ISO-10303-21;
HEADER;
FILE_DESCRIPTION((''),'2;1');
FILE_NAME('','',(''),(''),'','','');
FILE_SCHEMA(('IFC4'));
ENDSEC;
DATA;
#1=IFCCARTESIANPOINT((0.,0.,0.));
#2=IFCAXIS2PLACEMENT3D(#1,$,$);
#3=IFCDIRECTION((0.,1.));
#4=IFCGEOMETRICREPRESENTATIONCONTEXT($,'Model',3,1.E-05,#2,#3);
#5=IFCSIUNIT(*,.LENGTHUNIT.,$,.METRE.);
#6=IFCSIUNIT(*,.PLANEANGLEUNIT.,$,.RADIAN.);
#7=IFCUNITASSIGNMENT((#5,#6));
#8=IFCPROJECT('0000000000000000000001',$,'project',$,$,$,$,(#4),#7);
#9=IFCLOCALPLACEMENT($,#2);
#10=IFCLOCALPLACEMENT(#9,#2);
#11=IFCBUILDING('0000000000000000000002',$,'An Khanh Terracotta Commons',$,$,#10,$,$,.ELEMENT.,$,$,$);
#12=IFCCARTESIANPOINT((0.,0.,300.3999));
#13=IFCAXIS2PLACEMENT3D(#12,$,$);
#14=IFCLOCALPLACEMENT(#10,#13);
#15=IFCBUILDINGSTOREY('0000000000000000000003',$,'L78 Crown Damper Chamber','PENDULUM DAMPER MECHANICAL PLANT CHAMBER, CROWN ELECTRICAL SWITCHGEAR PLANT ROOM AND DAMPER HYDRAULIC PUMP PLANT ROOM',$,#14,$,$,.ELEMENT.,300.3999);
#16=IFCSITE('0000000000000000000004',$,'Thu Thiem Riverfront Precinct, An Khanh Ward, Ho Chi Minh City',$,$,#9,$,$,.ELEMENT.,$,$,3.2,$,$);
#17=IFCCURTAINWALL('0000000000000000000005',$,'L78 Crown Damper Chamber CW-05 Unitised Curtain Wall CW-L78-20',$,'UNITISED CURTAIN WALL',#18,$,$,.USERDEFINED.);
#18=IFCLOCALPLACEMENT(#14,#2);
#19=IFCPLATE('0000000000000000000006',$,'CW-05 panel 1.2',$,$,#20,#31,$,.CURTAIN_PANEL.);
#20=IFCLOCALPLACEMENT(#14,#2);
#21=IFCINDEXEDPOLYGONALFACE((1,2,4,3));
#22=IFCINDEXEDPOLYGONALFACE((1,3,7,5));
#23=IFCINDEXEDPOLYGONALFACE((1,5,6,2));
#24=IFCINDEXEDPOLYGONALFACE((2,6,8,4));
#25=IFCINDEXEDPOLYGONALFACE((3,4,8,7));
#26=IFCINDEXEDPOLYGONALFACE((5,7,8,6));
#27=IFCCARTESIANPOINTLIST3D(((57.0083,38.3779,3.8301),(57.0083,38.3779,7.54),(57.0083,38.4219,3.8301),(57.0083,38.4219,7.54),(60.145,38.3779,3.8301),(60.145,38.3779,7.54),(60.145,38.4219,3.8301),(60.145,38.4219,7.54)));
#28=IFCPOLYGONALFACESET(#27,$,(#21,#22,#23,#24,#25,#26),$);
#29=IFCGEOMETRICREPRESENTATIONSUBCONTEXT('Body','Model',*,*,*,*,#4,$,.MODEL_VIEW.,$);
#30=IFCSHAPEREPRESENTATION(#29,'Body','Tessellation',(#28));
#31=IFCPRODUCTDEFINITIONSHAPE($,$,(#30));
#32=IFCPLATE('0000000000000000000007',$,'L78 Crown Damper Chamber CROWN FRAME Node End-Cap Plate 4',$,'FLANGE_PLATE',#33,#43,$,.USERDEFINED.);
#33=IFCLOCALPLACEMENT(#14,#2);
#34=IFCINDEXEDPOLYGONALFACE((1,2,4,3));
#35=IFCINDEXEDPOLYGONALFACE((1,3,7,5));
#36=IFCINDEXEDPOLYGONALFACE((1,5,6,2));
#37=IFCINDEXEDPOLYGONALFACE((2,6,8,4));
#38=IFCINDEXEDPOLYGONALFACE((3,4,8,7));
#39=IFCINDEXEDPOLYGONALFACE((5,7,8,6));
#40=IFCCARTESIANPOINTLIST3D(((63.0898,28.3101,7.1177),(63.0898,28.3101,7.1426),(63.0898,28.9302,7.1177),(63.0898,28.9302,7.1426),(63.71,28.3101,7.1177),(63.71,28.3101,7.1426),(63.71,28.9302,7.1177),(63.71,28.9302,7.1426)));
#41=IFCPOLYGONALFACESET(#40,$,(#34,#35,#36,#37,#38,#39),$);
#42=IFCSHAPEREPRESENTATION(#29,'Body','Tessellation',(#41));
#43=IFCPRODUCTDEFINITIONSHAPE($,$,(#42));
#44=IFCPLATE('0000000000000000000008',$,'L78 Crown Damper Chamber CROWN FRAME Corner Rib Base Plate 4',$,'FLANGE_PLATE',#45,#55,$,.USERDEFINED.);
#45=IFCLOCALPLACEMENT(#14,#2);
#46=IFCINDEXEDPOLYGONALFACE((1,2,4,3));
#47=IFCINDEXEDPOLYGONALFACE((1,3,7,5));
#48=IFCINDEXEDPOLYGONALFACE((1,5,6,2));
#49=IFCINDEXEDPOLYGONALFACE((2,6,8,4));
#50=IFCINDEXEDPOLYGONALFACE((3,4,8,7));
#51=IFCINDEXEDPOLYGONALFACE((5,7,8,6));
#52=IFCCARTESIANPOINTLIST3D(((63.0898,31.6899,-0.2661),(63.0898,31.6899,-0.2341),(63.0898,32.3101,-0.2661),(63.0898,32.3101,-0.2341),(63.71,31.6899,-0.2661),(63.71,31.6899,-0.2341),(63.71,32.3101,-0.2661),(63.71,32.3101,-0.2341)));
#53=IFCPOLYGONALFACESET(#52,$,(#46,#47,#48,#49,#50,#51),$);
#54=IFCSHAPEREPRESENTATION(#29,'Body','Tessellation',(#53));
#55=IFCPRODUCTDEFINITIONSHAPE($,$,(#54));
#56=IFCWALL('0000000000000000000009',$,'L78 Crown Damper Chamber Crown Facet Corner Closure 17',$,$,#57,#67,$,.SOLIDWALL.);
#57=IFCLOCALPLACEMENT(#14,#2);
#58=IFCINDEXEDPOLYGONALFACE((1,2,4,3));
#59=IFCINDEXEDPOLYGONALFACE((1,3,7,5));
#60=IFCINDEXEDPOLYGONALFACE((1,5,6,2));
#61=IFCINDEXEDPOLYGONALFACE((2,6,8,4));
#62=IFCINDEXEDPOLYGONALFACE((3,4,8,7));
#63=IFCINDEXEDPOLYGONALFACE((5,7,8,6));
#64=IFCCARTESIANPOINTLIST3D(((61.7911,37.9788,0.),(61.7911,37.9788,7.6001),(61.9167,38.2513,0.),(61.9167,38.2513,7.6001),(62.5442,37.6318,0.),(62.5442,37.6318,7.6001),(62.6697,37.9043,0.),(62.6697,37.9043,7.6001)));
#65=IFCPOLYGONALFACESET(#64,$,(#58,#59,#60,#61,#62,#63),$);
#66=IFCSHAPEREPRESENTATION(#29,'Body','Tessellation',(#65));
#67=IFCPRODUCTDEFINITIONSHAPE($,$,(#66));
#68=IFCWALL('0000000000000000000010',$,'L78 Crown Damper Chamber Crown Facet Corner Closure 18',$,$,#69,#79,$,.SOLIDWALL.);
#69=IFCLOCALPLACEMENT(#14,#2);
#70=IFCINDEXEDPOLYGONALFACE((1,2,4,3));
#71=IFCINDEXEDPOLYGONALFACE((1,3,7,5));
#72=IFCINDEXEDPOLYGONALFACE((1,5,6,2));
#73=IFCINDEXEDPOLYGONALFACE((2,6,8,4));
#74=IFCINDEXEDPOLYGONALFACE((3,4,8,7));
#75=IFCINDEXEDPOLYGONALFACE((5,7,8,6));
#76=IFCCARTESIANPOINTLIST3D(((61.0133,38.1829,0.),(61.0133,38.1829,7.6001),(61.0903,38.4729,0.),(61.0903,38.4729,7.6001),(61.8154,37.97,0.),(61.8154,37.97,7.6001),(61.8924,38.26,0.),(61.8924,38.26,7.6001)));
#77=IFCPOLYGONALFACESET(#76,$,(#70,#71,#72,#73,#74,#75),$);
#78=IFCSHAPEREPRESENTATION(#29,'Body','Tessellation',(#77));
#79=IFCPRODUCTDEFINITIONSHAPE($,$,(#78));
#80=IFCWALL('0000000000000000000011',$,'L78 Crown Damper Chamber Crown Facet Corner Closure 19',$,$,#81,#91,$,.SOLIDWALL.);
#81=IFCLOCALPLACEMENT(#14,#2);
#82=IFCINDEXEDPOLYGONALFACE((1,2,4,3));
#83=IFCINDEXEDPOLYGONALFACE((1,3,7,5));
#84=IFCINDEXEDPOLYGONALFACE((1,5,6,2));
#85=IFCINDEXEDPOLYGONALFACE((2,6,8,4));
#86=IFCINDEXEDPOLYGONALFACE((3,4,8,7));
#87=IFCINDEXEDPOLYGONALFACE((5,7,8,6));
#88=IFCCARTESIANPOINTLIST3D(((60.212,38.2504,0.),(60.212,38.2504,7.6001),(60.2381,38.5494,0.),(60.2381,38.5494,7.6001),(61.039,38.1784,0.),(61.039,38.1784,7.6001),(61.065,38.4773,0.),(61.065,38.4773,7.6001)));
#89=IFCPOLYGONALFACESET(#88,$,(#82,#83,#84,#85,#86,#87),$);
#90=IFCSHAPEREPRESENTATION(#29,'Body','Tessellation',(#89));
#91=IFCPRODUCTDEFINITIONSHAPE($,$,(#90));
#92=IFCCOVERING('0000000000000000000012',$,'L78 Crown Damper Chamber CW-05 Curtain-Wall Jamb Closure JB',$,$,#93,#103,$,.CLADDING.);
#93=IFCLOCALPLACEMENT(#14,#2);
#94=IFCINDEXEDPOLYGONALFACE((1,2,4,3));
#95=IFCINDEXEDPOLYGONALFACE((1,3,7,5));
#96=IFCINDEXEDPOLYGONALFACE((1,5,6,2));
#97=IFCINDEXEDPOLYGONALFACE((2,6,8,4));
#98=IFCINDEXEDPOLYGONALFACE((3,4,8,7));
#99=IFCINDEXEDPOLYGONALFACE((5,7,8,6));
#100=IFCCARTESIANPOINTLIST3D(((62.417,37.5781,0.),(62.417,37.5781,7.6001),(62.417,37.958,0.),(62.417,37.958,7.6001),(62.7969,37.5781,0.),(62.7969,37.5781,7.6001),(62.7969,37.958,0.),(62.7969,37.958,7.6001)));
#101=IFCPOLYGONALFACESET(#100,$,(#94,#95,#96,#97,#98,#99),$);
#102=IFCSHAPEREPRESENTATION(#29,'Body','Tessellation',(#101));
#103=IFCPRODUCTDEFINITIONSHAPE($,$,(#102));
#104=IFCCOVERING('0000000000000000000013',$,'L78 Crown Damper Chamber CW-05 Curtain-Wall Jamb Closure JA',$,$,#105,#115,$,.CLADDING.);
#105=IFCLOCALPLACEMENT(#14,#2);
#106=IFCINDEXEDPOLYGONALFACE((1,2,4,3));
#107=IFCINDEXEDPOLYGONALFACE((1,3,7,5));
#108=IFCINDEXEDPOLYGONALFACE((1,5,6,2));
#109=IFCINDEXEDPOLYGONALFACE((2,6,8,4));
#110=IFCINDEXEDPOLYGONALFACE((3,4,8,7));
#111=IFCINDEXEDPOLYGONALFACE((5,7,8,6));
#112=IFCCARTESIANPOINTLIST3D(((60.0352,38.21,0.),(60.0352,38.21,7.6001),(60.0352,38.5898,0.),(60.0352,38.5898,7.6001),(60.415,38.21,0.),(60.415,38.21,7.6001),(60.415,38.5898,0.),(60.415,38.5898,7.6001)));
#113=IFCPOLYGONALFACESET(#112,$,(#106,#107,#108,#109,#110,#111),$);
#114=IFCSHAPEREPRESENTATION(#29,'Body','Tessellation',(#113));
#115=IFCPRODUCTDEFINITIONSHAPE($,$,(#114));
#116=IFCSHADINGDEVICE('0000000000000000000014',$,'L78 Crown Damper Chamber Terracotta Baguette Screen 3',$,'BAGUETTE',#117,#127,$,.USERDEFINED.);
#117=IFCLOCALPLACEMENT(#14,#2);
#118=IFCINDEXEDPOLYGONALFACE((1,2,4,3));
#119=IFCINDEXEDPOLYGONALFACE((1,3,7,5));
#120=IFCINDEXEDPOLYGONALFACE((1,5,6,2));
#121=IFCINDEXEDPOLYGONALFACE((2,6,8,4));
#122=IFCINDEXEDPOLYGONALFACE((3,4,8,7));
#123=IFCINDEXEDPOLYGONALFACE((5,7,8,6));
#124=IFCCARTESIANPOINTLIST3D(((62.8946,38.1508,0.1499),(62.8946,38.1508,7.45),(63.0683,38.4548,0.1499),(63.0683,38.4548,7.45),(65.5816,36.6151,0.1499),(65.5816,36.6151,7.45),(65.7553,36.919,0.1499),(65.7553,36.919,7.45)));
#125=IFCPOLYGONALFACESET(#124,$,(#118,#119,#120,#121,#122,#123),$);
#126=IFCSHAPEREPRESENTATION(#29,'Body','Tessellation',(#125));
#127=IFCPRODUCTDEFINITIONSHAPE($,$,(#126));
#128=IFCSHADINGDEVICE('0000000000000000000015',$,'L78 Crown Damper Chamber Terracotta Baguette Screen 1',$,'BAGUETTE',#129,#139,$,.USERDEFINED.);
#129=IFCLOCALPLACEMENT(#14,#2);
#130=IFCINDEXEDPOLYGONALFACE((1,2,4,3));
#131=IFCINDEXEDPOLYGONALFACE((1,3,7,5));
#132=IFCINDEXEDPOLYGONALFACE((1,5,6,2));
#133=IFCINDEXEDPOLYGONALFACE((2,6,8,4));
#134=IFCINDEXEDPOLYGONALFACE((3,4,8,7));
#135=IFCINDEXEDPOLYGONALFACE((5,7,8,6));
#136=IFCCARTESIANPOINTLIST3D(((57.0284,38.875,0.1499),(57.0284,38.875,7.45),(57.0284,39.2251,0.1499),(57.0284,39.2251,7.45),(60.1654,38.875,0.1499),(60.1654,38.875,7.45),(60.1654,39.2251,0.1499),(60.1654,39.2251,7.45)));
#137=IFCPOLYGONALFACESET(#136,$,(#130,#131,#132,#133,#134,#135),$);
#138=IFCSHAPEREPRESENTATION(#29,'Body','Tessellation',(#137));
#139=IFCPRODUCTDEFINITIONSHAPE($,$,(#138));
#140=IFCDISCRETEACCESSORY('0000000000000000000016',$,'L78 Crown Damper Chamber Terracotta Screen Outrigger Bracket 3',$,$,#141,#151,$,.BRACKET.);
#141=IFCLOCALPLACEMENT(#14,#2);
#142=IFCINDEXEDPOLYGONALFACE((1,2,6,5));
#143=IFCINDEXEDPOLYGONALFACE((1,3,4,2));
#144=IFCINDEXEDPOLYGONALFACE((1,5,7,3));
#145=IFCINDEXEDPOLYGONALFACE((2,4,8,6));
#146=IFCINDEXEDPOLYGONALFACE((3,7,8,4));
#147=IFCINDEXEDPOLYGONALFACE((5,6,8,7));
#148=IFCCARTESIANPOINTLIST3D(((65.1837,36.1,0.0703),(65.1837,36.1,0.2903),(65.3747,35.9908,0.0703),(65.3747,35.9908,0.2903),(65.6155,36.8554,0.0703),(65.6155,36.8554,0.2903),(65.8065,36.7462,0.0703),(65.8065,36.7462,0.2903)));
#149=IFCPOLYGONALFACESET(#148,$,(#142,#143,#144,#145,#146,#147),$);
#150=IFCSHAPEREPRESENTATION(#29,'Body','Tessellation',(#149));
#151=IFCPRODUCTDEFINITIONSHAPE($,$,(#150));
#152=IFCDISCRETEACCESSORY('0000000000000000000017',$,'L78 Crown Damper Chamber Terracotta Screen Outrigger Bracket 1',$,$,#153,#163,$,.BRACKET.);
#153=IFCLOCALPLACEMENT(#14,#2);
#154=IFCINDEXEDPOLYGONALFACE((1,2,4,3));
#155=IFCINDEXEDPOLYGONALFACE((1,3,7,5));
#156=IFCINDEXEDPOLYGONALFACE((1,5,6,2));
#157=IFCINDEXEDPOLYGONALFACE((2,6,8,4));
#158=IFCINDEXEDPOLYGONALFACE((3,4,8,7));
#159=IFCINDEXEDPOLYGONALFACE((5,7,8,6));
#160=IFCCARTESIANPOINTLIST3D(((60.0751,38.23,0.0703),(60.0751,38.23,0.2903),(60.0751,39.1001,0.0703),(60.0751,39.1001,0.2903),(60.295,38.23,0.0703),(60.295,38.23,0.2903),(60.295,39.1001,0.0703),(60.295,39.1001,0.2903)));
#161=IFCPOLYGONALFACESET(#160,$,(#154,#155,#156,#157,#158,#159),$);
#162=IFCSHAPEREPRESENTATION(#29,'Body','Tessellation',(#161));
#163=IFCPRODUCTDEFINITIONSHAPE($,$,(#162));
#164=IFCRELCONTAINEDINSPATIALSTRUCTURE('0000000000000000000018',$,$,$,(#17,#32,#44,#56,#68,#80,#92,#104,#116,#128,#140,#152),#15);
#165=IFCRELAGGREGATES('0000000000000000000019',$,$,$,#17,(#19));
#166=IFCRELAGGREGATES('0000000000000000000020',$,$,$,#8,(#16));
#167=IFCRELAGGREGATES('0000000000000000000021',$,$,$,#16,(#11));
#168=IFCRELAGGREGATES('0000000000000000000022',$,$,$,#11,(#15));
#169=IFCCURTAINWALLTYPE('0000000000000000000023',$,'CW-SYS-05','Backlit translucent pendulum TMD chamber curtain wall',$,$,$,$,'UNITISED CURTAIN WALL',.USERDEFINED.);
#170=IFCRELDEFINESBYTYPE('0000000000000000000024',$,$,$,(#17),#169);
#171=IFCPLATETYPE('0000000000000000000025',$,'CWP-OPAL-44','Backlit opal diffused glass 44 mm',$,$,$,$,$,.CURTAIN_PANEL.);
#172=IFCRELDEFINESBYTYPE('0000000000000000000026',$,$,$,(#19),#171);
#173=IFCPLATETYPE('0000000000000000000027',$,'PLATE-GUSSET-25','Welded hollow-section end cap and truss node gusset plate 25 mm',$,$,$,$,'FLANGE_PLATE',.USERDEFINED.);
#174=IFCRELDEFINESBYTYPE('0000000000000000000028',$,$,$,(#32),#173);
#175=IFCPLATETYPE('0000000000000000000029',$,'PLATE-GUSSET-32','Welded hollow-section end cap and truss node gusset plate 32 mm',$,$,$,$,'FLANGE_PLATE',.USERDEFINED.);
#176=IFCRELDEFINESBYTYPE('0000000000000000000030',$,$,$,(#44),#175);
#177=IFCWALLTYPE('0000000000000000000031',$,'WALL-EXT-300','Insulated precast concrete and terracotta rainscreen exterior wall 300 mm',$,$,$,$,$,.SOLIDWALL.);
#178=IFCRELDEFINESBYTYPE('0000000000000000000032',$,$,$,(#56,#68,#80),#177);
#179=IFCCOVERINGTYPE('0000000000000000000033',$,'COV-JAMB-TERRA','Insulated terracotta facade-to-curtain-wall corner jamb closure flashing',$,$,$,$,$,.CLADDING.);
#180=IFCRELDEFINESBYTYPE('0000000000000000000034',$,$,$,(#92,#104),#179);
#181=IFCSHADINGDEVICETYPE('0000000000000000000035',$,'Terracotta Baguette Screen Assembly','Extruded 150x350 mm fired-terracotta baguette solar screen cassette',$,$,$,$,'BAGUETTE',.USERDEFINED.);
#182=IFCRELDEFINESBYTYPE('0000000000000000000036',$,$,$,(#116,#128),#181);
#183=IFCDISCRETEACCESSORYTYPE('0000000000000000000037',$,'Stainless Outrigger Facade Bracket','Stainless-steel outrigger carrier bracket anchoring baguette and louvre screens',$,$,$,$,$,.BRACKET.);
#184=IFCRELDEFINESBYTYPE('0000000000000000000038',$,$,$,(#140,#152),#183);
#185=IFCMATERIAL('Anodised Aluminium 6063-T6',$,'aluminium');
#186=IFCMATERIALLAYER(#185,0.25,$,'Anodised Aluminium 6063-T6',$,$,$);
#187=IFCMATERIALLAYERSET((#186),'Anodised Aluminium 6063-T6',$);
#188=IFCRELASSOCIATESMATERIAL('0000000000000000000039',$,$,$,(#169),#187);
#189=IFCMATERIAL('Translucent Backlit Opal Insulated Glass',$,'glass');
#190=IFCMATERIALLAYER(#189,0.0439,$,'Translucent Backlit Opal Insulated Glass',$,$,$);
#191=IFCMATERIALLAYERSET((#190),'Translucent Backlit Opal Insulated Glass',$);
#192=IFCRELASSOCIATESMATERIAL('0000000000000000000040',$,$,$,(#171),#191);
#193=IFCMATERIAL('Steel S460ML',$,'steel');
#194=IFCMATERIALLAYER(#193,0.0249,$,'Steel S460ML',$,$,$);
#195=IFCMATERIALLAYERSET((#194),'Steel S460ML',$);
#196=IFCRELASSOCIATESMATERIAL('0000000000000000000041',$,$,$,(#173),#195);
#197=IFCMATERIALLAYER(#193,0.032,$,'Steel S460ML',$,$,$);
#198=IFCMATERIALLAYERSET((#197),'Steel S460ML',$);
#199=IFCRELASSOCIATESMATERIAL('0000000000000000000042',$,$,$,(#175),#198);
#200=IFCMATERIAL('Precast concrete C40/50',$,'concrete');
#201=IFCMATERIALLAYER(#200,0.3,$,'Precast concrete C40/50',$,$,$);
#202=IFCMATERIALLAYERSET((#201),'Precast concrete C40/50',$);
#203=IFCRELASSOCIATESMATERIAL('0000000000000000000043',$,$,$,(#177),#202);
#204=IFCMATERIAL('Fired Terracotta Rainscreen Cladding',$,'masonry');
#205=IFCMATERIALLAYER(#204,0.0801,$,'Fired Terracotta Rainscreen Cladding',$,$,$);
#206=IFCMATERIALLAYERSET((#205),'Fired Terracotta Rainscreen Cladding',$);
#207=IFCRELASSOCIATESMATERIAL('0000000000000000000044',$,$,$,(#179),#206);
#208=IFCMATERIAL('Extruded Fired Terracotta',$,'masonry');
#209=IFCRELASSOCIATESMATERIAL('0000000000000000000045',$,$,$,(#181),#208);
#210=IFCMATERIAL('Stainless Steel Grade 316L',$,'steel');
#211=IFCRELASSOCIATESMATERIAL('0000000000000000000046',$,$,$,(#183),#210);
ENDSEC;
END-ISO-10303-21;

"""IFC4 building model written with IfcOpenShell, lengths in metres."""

from ifc_helpers import new_model, si_unit, direction, frame, frame_2d, origin, origin_2d, place, context, subcontext, project, spatial, rectangle, extrude, material, layer, layer_set, type_object, element, aggregate, save


model = new_model("IFC4")

# Units and contexts
model_context = context("Model", 3, precision=1e-05, world=origin(), true_north=direction((0.0, 1.0)))
body_context = subcontext(model_context, "Body", "Model", "MODEL_VIEW")
ifc_project = project(units=[si_unit("LENGTHUNIT", "METRE"), si_unit("PLANEANGLEUNIT", "RADIAN")], contexts=[model_context])

# Site, building, storey
site_placement = place(None, origin())
site = spatial("IfcSite", under=ifc_project, at=site_placement, Name="Thu Thiem Riverfront Precinct, An Khanh Ward, Ho Chi Minh City", CompositionType="ELEMENT", RefElevation=3.2)
building_placement = place(site_placement, origin())
building = spatial("IfcBuilding", under=site, at=building_placement, Name="An Khanh Terracotta Commons", CompositionType="ELEMENT")
storey_placement = place(building_placement, frame((0.0, 0.0, 300.3999)))
storey = spatial("IfcBuildingStorey", under=building, at=storey_placement, Name="L78 Crown Damper Chamber", Description="PENDULUM DAMPER MECHANICAL PLANT CHAMBER, CROWN ELECTRICAL SWITCHGEAR PLANT ROOM AND DAMPER HYDRAULIC PUMP PLANT ROOM", CompositionType="ELEMENT", Elevation=300.3999)

# Shared definitions
ifc_material_1 = material(Name="Steel S460ML", Category="steel")

# Shared definitions
ifc_material_2 = material(Name="Anodised Aluminium 6063-T6", Category="aluminium")
ifc_layer_1 = layer(ifc_material_2, 0.25, Name="Anodised Aluminium 6063-T6")
ifc_layer_set_1 = layer_set([ifc_layer_1], Name="Anodised Aluminium 6063-T6")
curtain_wall_type = type_object("IfcCurtainWallType", Name="CW-SYS-05", Description="Backlit translucent pendulum TMD chamber curtain wall", ElementType="UNITISED CURTAIN WALL", PredefinedType="USERDEFINED", material=ifc_layer_set_1)

# Curtain wall
curtain_wall_1_placement = place(storey_placement, origin())
curtain_wall_1 = element("IfcCurtainWall", 1, at=curtain_wall_1_placement, inside=storey, type_object=curtain_wall_type, Name="L78 Crown Damper Chamber CW-05 Unitised Curtain Wall CW-L78-20", ObjectType="UNITISED CURTAIN WALL", PredefinedType="USERDEFINED")

# Plate
ifc_material_3 = material(Name="Translucent Backlit Opal Insulated Glass", Category="glass")
ifc_layer_2 = layer(ifc_material_3, 0.0439, Name="Translucent Backlit Opal Insulated Glass")
ifc_layer_set_2 = layer_set([ifc_layer_2], Name="Translucent Backlit Opal Insulated Glass")
plate_type_1 = type_object("IfcPlateType", Name="CWP-OPAL-44", Description="Backlit opal diffused glass 44 mm", PredefinedType="CURTAIN_PANEL", material=ifc_layer_set_2)
plate_1_placement = place(storey_placement, frame((58.5767, 38.3999, 3.8301), z_axis=(0.0, 0.0, 1.0), x_axis=(-1.0, 0.0, 0.0)))
plate_1 = element("IfcPlate", 2, at=plate_1_placement, type_object=plate_type_1, Name="CW-05 panel 1.2", PredefinedType="CURTAIN_PANEL", context=body_context, shape_type="SweptSolid", body=[
    extrude(rectangle(XDim=3.1367, YDim=0.0439, at=origin_2d()), origin(), (0.0, 0.0, 1.0), 3.71),
])
aggregate(curtain_wall_1, [plate_1])

# Plates
ifc_layer_3 = layer(ifc_material_1, 0.0249, Name="Steel S460ML")
ifc_layer_set_3 = layer_set([ifc_layer_3], Name="Steel S460ML")
plate_type_2 = type_object("IfcPlateType", Name="PLATE-GUSSET-25", Description="Welded hollow-section end cap and truss node gusset plate 25 mm", ElementType="FLANGE_PLATE", PredefinedType="USERDEFINED", material=ifc_layer_set_3)
plate_2_placement = place(storey_placement, frame((63.3999, 28.6201, 7.1177), z_axis=(0.0, 0.0, 1.0), x_axis=(1.0, 0.0, 0.0)))
element("IfcPlate", 3, at=plate_2_placement, inside=storey, type_object=plate_type_2, Name="L78 Crown Damper Chamber CROWN FRAME Node End-Cap Plate 4", ObjectType="FLANGE_PLATE", PredefinedType="USERDEFINED", context=body_context, shape_type="SweptSolid", body=[
    extrude(rectangle(XDim=0.6201, YDim=0.6201, at=origin_2d()), origin(), (0.0, 0.0, 1.0), 0.0249),
])
ifc_layer_4 = layer(ifc_material_1, 0.032, Name="Steel S460ML")
ifc_layer_set_4 = layer_set([ifc_layer_4], Name="Steel S460ML")
plate_type_3 = type_object("IfcPlateType", Name="PLATE-GUSSET-32", Description="Welded hollow-section end cap and truss node gusset plate 32 mm", ElementType="FLANGE_PLATE", PredefinedType="USERDEFINED", material=ifc_layer_set_4)
plate_3_placement = place(storey_placement, frame((63.3999, 32.0, -0.2661), z_axis=(0.0, 0.0, 1.0), x_axis=(1.0, 0.0, 0.0)))
element("IfcPlate", 4, at=plate_3_placement, inside=storey, type_object=plate_type_3, Name="L78 Crown Damper Chamber CROWN FRAME Corner Rib Base Plate 4", ObjectType="FLANGE_PLATE", PredefinedType="USERDEFINED", context=body_context, shape_type="SweptSolid", body=[
    extrude(rectangle(XDim=0.6201, YDim=0.6201, at=origin_2d()), origin(), (0.0, 0.0, 1.0), 0.032),
])

# Walls
ifc_material_4 = material(Name="Precast concrete C40/50", Category="concrete")
ifc_layer_5 = layer(ifc_material_4, 0.3, Name="Precast concrete C40/50")
ifc_layer_set_5 = layer_set([ifc_layer_5], Name="Precast concrete C40/50")
wall_type = type_object("IfcWallType", Name="WALL-EXT-300", Description="Insulated precast concrete and terracotta rainscreen exterior wall 300 mm", PredefinedType="SOLIDWALL", material=ifc_layer_set_5)
wall_1_placement = place(storey_placement, frame((62.6069, 37.7681, 0.0), z_axis=(0.0, 0.0, 1.0), x_axis=(-0.908226, 0.418479, 0.0)))
element("IfcWall", 5, at=wall_1_placement, inside=storey, type_object=wall_type, Name="L78 Crown Damper Chamber Crown Facet Corner Closure 17", PredefinedType="SOLIDWALL", context=body_context, shape_type="SweptSolid", body=[
    extrude(rectangle(XDim=0.8291, YDim=0.3, at=frame_2d((0.4146, 0.0))), origin(), (0.0, 0.0, 1.0), 7.6001),
])
wall_2_placement = place(storey_placement, frame((61.854, 38.115, 0.0), z_axis=(0.0, 0.0, 1.0), x_axis=(-0.966527, 0.256564, 0.0)))
element("IfcWall", 6, at=wall_2_placement, inside=storey, type_object=wall_type, Name="L78 Crown Damper Chamber Crown Facet Corner Closure 18", PredefinedType="SOLIDWALL", context=body_context, shape_type="SweptSolid", body=[
    extrude(rectangle(XDim=0.8298, YDim=0.3, at=frame_2d((0.415, 0.0))), origin(), (0.0, 0.0, 1.0), 7.6001),
])
wall_3_placement = place(storey_placement, frame((61.052, 38.3279, 0.0), z_axis=(0.0, 0.0, 1.0), x_axis=(-0.996228, 0.086769, 0.0)))
element("IfcWall", 7, at=wall_3_placement, inside=storey, type_object=wall_type, Name="L78 Crown Damper Chamber Crown Facet Corner Closure 19", PredefinedType="SOLIDWALL", context=body_context, shape_type="SweptSolid", body=[
    extrude(rectangle(XDim=0.8301, YDim=0.3, at=frame_2d((0.415, 0.0))), origin(), (0.0, 0.0, 1.0), 7.6001),
])

# Coverings
ifc_material_5 = material(Name="Fired Terracotta Rainscreen Cladding", Category="masonry")
ifc_layer_6 = layer(ifc_material_5, 0.0801, Name="Fired Terracotta Rainscreen Cladding")
ifc_layer_set_6 = layer_set([ifc_layer_6], Name="Fired Terracotta Rainscreen Cladding")
covering_type = type_object("IfcCoveringType", Name="COV-JAMB-TERRA", Description="Insulated terracotta facade-to-curtain-wall corner jamb closure flashing", PredefinedType="CLADDING", material=ifc_layer_set_6)
for number, where, z_axis, x_axis, name in (
    (8, (62.6069, 37.7681, 0.0), (0.0, 0.0, 1.0), (1.0, 0.0, 0.0), "L78 Crown Damper Chamber CW-05 Curtain-Wall Jamb Closure JB"),
    (9, (60.2251, 38.3999, 0.0), (0.0, 0.0, 1.0), (1.0, 0.0, 0.0), "L78 Crown Damper Chamber CW-05 Curtain-Wall Jamb Closure JA"),
):
    element("IfcCovering", number, at=place(storey_placement, frame(where, z_axis=z_axis, x_axis=x_axis)), inside=storey, type_object=covering_type, Name=name, PredefinedType="CLADDING", context=body_context, shape_type="SweptSolid", body=[
        extrude(rectangle(XDim=0.3799, YDim=0.3799, at=origin_2d()), origin(), (0.0, 0.0, 1.0), 7.6001),
    ])

# Shading devices
ifc_material_6 = material(Name="Extruded Fired Terracotta", Category="masonry")
shading_device_type = type_object("IfcShadingDeviceType", Name="Terracotta Baguette Screen Assembly", Description="Extruded 150x350 mm fired-terracotta baguette solar screen cassette", ElementType="BAGUETTE", PredefinedType="USERDEFINED", material=ifc_material_6)
shading_device_1_placement = place(storey_placement, frame((64.325, 37.5349, 0.1499), z_axis=(0.0, 0.0, 1.0), x_axis=(-0.868205, 0.496206, 0.0)))
element("IfcShadingDevice", 10, at=shading_device_1_placement, inside=storey, type_object=shading_device_type, Name="L78 Crown Damper Chamber Terracotta Baguette Screen 3", ObjectType="BAGUETTE", PredefinedType="USERDEFINED", context=body_context, shape_type="SweptSolid", body=[
    extrude(rectangle(XDim=3.095, YDim=0.3501, at=origin_2d()), origin(), (0.0, 0.0, 1.0), 7.3),
])
shading_device_2_placement = place(storey_placement, frame((58.5969, 39.05, 0.1499), z_axis=(0.0, 0.0, 1.0), x_axis=(-1.0, 0.0, 0.0)))
element("IfcShadingDevice", 11, at=shading_device_2_placement, inside=storey, type_object=shading_device_type, Name="L78 Crown Damper Chamber Terracotta Baguette Screen 1", ObjectType="BAGUETTE", PredefinedType="USERDEFINED", context=body_context, shape_type="SweptSolid", body=[
    extrude(rectangle(XDim=3.137, YDim=0.3501, at=origin_2d()), origin(), (0.0, 0.0, 1.0), 7.3),
])

# Discrete accessories
ifc_material_7 = material(Name="Stainless Steel Grade 316L", Category="steel")
discrete_accessory_type = type_object("IfcDiscreteAccessoryType", Name="Stainless Outrigger Facade Bracket", Description="Stainless-steel outrigger carrier bracket anchoring baguette and louvre screens", PredefinedType="BRACKET", material=ifc_material_7)
for number, where, z_axis, x_axis, name in (
    (12, (65.4951, 36.4231, 0.0703), (0.0, 0.0, 1.0), (-0.868205, 0.496206, 0.0), "L78 Crown Damper Chamber Terracotta Screen Outrigger Bracket 3"),
    (13, (60.1851, 38.665, 0.0703), (0.0, 0.0, 1.0), (-1.0, 0.0, 0.0), "L78 Crown Damper Chamber Terracotta Screen Outrigger Bracket 1"),
):
    element("IfcDiscreteAccessory", number, at=place(storey_placement, frame(where, z_axis=z_axis, x_axis=x_axis)), inside=storey, type_object=discrete_accessory_type, Name=name, PredefinedType="BRACKET", context=body_context, shape_type="SweptSolid", body=[
        extrude(rectangle(XDim=0.22, YDim=0.8701, at=origin_2d()), origin(), (0.0, 0.0, 1.0), 0.22),
    ])

save(model, "model.ifc")
